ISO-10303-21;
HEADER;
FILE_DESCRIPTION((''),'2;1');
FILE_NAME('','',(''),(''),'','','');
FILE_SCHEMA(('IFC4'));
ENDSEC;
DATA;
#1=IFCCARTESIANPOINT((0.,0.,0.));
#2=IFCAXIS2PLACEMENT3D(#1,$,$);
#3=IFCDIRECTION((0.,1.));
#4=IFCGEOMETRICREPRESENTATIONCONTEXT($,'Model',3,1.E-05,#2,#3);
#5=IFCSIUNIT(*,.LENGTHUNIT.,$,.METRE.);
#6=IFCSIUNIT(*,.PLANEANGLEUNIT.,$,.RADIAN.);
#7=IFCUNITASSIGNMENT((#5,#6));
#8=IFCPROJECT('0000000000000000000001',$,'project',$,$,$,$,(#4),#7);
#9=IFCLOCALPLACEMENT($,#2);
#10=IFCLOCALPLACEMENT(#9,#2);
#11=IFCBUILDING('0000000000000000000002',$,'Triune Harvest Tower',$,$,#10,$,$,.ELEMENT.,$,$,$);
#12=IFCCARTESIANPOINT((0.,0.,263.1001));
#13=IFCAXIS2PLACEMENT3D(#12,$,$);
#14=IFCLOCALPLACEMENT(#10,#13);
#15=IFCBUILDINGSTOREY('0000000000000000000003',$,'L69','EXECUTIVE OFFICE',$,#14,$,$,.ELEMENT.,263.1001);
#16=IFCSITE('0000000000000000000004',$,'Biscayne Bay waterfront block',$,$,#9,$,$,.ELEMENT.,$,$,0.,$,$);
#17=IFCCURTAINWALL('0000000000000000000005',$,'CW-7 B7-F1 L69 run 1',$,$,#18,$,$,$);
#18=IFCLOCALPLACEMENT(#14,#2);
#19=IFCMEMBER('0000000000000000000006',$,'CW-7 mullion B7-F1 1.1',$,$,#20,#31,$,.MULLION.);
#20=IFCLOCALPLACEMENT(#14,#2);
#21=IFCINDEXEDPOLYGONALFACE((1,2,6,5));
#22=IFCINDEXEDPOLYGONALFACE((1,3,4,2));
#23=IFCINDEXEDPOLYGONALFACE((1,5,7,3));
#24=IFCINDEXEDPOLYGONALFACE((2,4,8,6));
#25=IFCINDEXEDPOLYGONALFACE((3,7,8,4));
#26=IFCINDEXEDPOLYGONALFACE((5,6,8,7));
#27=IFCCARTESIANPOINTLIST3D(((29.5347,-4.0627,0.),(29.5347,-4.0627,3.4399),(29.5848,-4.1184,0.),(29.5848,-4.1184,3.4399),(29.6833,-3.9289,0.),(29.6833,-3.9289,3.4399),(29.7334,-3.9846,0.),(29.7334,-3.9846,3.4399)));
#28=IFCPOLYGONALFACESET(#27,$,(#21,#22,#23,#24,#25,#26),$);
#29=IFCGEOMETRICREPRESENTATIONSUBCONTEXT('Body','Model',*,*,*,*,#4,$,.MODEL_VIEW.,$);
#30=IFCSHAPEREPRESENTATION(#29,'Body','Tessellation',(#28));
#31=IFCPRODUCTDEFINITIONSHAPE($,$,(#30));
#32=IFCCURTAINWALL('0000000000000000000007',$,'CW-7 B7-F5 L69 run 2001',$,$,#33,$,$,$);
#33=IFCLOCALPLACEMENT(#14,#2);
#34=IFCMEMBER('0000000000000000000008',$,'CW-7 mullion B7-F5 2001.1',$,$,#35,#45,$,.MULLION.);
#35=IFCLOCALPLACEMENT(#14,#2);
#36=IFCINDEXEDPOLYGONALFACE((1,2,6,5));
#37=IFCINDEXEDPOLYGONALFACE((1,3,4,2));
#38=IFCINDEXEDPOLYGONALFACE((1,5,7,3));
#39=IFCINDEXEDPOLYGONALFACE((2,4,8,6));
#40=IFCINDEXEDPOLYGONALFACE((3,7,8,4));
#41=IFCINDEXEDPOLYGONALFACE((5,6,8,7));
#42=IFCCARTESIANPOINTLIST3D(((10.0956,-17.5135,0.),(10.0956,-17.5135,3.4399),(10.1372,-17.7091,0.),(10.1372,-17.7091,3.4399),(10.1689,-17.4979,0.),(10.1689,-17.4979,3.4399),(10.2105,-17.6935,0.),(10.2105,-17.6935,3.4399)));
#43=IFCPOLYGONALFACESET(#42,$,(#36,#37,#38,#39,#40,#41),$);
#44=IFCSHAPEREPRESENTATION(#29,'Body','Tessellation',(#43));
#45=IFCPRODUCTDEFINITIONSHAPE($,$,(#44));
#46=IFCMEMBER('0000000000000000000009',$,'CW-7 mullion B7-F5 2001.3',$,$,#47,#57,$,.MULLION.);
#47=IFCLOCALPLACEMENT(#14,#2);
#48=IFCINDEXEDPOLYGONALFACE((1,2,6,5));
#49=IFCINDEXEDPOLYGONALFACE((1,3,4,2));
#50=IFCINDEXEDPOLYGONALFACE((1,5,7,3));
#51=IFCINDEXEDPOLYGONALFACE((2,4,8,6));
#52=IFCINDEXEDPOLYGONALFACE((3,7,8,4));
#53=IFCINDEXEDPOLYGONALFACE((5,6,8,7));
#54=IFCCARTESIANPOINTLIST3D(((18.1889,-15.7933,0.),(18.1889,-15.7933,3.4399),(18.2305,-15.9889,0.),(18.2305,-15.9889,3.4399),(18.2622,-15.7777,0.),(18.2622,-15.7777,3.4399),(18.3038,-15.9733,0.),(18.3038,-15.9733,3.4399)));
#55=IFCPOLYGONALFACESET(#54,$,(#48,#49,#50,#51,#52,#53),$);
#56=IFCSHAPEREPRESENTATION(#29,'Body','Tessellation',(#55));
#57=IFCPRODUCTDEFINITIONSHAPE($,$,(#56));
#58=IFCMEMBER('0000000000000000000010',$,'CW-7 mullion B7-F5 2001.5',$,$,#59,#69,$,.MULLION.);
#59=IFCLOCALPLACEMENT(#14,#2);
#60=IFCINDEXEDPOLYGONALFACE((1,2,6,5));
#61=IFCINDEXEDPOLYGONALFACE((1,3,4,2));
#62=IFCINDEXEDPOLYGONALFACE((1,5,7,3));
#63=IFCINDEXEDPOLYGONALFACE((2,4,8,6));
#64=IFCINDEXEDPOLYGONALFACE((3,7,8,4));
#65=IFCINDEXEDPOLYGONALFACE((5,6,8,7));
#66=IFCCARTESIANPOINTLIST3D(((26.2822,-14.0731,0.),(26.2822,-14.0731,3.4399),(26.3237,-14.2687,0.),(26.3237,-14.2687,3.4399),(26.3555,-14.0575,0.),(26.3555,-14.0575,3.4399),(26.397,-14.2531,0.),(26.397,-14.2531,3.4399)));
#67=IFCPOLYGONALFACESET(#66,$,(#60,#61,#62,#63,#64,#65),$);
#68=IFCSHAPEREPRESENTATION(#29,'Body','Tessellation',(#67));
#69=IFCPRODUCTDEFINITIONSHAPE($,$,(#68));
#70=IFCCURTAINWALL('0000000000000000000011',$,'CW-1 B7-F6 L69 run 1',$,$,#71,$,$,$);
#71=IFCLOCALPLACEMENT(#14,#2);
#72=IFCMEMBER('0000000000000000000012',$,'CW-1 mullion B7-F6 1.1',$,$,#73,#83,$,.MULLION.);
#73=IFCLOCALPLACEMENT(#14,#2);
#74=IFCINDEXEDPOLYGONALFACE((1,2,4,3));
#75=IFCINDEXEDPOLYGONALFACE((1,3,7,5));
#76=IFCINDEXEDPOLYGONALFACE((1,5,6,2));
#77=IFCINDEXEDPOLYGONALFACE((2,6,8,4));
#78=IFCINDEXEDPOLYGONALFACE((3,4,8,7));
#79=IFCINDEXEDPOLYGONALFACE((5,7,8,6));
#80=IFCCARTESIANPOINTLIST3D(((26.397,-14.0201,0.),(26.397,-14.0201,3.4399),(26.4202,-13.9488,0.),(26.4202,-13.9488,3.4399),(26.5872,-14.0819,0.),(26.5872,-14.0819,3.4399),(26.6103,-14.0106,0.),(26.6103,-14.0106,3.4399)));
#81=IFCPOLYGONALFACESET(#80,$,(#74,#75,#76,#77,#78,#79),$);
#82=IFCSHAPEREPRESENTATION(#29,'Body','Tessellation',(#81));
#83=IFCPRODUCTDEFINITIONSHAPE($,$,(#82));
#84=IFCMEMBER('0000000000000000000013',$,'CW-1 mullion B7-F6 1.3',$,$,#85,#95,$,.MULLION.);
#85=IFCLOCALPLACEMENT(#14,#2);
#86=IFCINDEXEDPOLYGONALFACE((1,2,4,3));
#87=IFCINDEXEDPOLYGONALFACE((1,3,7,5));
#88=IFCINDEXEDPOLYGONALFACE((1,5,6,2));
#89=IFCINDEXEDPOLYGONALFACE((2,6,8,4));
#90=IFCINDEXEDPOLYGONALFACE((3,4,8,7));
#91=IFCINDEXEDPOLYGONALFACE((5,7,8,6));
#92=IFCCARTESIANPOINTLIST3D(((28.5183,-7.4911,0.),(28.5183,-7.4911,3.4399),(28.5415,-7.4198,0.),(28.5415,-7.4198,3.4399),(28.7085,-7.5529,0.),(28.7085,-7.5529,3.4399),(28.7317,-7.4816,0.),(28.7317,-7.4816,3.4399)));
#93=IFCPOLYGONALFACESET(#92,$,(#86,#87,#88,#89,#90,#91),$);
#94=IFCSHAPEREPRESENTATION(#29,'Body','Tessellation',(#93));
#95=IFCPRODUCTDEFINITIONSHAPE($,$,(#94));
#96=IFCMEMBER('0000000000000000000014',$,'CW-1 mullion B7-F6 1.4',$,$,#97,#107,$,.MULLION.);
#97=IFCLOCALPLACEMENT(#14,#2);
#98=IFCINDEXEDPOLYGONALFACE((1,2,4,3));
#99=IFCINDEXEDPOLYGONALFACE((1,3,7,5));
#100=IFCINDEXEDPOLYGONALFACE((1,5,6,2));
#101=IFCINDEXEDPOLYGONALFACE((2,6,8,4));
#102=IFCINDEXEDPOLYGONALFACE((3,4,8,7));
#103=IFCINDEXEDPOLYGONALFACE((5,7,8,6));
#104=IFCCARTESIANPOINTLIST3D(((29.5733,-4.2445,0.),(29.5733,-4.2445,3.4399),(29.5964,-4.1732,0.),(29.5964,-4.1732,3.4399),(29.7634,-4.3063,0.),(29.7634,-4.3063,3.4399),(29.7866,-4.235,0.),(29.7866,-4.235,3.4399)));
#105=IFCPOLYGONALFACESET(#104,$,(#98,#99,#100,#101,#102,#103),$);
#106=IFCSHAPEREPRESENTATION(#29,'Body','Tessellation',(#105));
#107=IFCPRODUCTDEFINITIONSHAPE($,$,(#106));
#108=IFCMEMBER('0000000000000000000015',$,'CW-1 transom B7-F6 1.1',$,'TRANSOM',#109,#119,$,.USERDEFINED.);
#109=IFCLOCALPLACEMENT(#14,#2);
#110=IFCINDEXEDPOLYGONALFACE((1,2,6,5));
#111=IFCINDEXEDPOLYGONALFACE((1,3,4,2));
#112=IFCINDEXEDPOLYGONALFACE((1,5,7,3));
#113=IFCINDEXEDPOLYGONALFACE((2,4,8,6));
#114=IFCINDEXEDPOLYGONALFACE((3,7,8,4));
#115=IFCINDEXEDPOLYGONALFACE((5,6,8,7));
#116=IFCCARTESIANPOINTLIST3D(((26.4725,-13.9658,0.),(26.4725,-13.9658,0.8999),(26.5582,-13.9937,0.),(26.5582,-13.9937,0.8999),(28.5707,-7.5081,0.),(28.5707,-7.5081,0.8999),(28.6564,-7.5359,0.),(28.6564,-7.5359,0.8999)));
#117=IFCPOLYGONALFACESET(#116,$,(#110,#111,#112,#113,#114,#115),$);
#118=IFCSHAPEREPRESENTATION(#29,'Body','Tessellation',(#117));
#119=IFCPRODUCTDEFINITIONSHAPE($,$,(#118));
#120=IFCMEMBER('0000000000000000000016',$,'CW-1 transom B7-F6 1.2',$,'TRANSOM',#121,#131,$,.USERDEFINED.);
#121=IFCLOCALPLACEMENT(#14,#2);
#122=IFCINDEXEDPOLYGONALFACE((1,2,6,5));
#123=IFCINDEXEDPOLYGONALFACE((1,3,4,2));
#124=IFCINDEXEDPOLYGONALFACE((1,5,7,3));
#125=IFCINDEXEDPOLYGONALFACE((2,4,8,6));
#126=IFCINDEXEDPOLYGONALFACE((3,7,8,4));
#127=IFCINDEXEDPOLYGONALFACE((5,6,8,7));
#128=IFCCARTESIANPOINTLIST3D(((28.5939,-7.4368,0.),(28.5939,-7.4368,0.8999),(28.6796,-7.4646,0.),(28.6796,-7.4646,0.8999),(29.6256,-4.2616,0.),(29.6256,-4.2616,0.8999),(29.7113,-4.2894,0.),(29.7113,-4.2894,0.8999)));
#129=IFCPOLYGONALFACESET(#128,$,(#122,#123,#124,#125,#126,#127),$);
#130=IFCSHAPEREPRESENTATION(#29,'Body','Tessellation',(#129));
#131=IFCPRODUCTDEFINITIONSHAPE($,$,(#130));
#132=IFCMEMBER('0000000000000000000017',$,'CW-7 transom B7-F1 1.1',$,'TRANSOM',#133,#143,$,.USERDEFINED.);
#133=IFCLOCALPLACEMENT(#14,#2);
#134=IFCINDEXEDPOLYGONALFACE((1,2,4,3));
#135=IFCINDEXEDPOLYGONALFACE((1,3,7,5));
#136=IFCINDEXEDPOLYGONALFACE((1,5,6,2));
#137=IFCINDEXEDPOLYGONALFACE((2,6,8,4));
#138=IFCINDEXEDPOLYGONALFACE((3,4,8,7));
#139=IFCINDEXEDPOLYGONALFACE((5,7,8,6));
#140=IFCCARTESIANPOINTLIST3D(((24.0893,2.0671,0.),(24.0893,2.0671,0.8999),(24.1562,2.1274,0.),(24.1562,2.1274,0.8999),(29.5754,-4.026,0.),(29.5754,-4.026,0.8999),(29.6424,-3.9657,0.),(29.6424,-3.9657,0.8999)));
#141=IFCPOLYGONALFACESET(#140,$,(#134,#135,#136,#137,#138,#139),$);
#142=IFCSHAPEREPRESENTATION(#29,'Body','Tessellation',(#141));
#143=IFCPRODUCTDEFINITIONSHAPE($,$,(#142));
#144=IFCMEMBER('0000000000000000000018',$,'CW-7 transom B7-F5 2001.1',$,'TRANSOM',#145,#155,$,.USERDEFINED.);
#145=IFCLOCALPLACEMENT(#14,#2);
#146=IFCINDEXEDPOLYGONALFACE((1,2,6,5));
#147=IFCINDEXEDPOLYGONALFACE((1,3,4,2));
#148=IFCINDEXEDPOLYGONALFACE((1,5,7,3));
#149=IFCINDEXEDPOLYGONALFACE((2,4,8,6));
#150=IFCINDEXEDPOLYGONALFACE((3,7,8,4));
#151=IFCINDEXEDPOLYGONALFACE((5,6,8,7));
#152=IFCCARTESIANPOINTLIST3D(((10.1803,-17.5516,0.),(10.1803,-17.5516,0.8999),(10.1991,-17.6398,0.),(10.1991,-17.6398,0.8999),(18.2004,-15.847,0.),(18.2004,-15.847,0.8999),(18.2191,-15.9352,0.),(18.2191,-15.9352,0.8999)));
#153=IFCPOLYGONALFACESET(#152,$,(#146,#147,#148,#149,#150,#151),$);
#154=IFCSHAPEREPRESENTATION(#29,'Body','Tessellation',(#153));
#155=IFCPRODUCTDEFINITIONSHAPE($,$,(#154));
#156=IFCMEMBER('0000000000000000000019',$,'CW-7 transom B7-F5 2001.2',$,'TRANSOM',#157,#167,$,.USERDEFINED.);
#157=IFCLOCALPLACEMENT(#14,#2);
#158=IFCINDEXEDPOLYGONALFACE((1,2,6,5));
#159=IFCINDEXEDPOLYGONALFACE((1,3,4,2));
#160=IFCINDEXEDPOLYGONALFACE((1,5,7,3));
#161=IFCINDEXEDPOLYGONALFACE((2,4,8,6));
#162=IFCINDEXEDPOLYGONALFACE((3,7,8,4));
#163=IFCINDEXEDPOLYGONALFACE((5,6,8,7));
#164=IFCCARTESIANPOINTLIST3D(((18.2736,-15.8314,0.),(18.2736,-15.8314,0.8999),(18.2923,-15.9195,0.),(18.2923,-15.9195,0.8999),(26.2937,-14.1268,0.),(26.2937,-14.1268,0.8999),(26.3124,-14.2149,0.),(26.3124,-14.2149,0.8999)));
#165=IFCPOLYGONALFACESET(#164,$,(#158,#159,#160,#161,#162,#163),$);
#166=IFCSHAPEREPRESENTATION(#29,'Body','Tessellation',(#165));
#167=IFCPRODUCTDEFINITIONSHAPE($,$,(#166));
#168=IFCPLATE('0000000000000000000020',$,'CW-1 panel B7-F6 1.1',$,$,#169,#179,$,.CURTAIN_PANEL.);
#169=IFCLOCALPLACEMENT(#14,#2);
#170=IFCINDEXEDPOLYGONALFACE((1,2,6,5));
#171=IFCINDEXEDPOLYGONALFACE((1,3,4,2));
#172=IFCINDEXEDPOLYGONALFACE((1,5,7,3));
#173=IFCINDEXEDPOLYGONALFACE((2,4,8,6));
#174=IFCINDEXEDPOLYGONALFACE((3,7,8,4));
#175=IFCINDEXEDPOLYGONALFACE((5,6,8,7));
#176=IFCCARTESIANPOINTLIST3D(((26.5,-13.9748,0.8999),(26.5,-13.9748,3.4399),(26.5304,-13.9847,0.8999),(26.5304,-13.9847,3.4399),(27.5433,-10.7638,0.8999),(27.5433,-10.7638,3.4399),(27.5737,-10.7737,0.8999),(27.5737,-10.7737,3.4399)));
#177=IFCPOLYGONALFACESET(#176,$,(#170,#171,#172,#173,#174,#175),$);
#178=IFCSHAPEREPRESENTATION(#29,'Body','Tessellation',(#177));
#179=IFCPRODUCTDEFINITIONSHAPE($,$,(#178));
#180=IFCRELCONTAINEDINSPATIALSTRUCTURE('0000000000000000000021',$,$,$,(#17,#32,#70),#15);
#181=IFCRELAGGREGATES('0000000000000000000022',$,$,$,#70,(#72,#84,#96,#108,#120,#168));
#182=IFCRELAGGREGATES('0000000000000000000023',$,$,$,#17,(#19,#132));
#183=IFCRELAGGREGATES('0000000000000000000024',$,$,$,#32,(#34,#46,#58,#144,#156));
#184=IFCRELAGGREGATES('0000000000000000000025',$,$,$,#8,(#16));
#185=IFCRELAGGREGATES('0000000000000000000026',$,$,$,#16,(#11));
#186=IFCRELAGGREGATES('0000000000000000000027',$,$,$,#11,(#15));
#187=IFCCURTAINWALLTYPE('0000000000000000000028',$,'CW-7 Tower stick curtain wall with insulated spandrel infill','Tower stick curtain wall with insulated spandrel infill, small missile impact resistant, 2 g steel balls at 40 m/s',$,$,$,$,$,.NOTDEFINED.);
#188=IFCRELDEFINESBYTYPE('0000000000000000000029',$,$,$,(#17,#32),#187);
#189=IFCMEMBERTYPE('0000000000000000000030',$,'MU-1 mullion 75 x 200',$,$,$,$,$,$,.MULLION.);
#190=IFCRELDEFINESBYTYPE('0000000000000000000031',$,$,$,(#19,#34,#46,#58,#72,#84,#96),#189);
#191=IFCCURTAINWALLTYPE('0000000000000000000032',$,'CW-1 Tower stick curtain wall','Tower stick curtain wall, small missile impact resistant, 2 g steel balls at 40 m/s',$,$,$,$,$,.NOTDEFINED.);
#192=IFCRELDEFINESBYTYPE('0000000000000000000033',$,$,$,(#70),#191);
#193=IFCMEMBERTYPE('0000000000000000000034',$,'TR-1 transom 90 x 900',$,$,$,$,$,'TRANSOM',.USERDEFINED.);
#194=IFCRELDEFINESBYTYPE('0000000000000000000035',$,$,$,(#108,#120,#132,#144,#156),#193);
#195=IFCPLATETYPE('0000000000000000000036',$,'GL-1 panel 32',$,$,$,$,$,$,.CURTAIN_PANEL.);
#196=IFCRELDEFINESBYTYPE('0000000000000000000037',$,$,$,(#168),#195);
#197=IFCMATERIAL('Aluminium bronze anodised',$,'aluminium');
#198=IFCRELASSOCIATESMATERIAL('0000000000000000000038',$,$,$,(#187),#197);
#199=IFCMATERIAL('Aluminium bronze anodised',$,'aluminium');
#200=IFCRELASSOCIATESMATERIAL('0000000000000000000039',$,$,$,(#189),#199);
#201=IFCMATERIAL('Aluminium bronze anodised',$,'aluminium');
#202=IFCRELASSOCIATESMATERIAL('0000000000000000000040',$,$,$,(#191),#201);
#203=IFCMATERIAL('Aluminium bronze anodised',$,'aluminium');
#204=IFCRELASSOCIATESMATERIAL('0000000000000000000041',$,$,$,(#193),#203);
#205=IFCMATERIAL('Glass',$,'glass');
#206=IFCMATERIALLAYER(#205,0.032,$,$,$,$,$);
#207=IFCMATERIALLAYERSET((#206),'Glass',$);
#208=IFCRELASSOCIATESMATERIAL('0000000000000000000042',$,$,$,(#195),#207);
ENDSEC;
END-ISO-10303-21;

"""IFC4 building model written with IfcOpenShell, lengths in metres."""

from ifc_helpers import new_model, si_unit, direction, frame, origin, origin_2d, place, context, subcontext, project, spatial, rectangle, extrude, source, transform, mapped, material, layer, layer_set, material_profile, profile_set, type_object, element, aggregate, save


model = new_model("IFC4")

# Units and contexts
model_context = context("Model", 3, precision=1e-05, world=origin(), true_north=direction((0.0, 1.0)))
body_context = subcontext(model_context, "Body", "Model", "MODEL_VIEW")
ifc_project = project(units=[si_unit("LENGTHUNIT", "METRE"), si_unit("PLANEANGLEUNIT", "RADIAN")], contexts=[model_context])

# Site, building, storey
site_placement = place(None, origin())
site = spatial("IfcSite", under=ifc_project, at=site_placement, Name="Biscayne Bay waterfront block", CompositionType="ELEMENT", RefElevation=0.0)
building_placement = place(site_placement, origin())
building = spatial("IfcBuilding", under=site, at=building_placement, Name="Triune Harvest Tower", CompositionType="ELEMENT")
storey_placement = place(building_placement, frame((0.0, 0.0, 263.1001)))
storey = spatial("IfcBuildingStorey", under=building, at=storey_placement, Name="L69", Description="EXECUTIVE OFFICE", CompositionType="ELEMENT", Elevation=263.1001)

# Curtain wall, member
ifc_material_1 = material(Name="Aluminium bronze anodised", Category="aluminium")
curtain_wall_type_1 = type_object("IfcCurtainWallType", Name="CW-7 Tower stick curtain wall with insulated spandrel infill", Description="Tower stick curtain wall with insulated spandrel infill, small missile impact resistant, 2 g steel balls at 40 m/s", PredefinedType="NOTDEFINED", material=ifc_material_1)
curtain_wall_1_placement = place(storey_placement, origin())
curtain_wall_1 = element("IfcCurtainWall", 1, at=curtain_wall_1_placement, inside=storey, type_object=curtain_wall_type_1, Name="CW-7 B7-F1 L69 run 1")
ifc_material_2 = material(Name="Aluminium bronze anodised", Category="aluminium")
ifc_material_profile_1 = material_profile(ifc_material_2, rectangle(XDim=0.2, YDim=0.075, at=origin_2d()), Name="MU-1 mullion 75 x 200")
ifc_profile_set_1 = profile_set([ifc_material_profile_1], Name="Aluminium bronze anodised")
member_type_1 = type_object("IfcMemberType", Name="MU-1 mullion 75 x 200", PredefinedType="MULLION", material=ifc_profile_set_1)
shared_shape_1 = source(origin(), body_context, "Body", "SweptSolid", [
    extrude(rectangle(XDim=0.2, YDim=0.075, at=origin_2d()), origin(), (0.0, 0.0, 1.0), 3.4399),
])
member_1_placement = place(storey_placement, frame((29.634, -4.0237, 0.0), z_axis=(0.0, 0.0, 1.0), x_axis=(-0.743142, -0.669134, 0.0)))
member_1 = element("IfcMember", 2, at=member_1_placement, type_object=member_type_1, Name="CW-7 mullion B7-F1 1.1", PredefinedType="MULLION", context=body_context, shape_type="MappedRepresentation", body=[
    mapped(shared_shape_1, transform((0.0, 0.0, 0.0), scale=1.0)),
])

# Curtain walls, members
curtain_wall_2_placement = place(storey_placement, origin())
curtain_wall_2 = element("IfcCurtainWall", 3, at=curtain_wall_2_placement, inside=storey, type_object=curtain_wall_type_1, Name="CW-7 B7-F5 L69 run 2001")
member_2_placement = place(storey_placement, frame((10.1531, -17.6035, 0.0), z_axis=(0.0, 0.0, 1.0), x_axis=(-0.207909, 0.978148, 0.0)))
member_2 = element("IfcMember", 4, at=member_2_placement, type_object=member_type_1, Name="CW-7 mullion B7-F5 2001.1", PredefinedType="MULLION", context=body_context, shape_type="MappedRepresentation", body=[
    mapped(shared_shape_1, transform((0.0, 0.0, 0.0), scale=1.0)),
])
member_3_placement = place(storey_placement, frame((18.2463, -15.8833, 0.0), z_axis=(0.0, 0.0, 1.0), x_axis=(-0.207909, 0.978148, 0.0)))
member_3 = element("IfcMember", 5, at=member_3_placement, type_object=member_type_1, Name="CW-7 mullion B7-F5 2001.3", PredefinedType="MULLION", context=body_context, shape_type="MappedRepresentation", body=[
    mapped(shared_shape_1, transform((0.0, 0.0, 0.0), scale=1.0)),
])
member_4_placement = place(storey_placement, frame((26.3396, -14.1631, 0.0), z_axis=(0.0, 0.0, 1.0), x_axis=(-0.207909, 0.978148, 0.0)))
member_4 = element("IfcMember", 6, at=member_4_placement, type_object=member_type_1, Name="CW-7 mullion B7-F5 2001.5", PredefinedType="MULLION", context=body_context, shape_type="MappedRepresentation", body=[
    mapped(shared_shape_1, transform((0.0, 0.0, 0.0), scale=1.0)),
])
ifc_material_3 = material(Name="Aluminium bronze anodised", Category="aluminium")
curtain_wall_type_2 = type_object("IfcCurtainWallType", Name="CW-1 Tower stick curtain wall", Description="Tower stick curtain wall, small missile impact resistant, 2 g steel balls at 40 m/s", PredefinedType="NOTDEFINED", material=ifc_material_3)
curtain_wall_3_placement = place(storey_placement, origin())
curtain_wall_3 = element("IfcCurtainWall", 7, at=curtain_wall_3_placement, inside=storey, type_object=curtain_wall_type_2, Name="CW-1 B7-F6 L69 run 1")
member_5_placement = place(storey_placement, frame((26.5037, -14.0154, 0.0), z_axis=(0.0, 0.0, 1.0), x_axis=(-0.951056, 0.309019, 0.0)))
member_5 = element("IfcMember", 8, at=member_5_placement, type_object=member_type_1, Name="CW-1 mullion B7-F6 1.1", PredefinedType="MULLION", context=body_context, shape_type="MappedRepresentation", body=[
    mapped(shared_shape_1, transform((0.0, 0.0, 0.0), scale=1.0)),
])
member_6_placement = place(storey_placement, frame((28.625, -7.4863, 0.0), z_axis=(0.0, 0.0, 1.0), x_axis=(-0.951056, 0.309019, 0.0)))
member_6 = element("IfcMember", 9, at=member_6_placement, type_object=member_type_1, Name="CW-1 mullion B7-F6 1.3", PredefinedType="MULLION", context=body_context, shape_type="MappedRepresentation", body=[
    mapped(shared_shape_1, transform((0.0, 0.0, 0.0), scale=1.0)),
])
member_7_placement = place(storey_placement, frame((29.6799, -4.2397, 0.0), z_axis=(0.0, 0.0, 1.0), x_axis=(-0.951056, 0.309019, 0.0)))
member_7 = element("IfcMember", 10, at=member_7_placement, type_object=member_type_1, Name="CW-1 mullion B7-F6 1.4", PredefinedType="MULLION", context=body_context, shape_type="MappedRepresentation", body=[
    mapped(shared_shape_1, transform((0.0, 0.0, 0.0), scale=1.0)),
])
ifc_material_4 = material(Name="Aluminium bronze anodised", Category="aluminium")
ifc_material_profile_2 = material_profile(ifc_material_4, rectangle(XDim=0.0901, YDim=0.8999, at=origin_2d()), Name="TR-1 transom 90 x 900")
ifc_profile_set_2 = profile_set([ifc_material_profile_2], Name="Aluminium bronze anodised")
member_type_2 = type_object("IfcMemberType", Name="TR-1 transom 90 x 900", ElementType="TRANSOM", PredefinedType="USERDEFINED", material=ifc_profile_set_2)
shared_shape_2 = source(origin(), body_context, "Body", "SweptSolid", [
    extrude(rectangle(XDim=0.0901, YDim=0.8999, at=origin_2d()), origin(), (0.0, 0.0, 1.0), 6.79),
])
member_8_placement = place(storey_placement, frame((26.5154, -13.9797, 0.45), z_axis=(0.309002, 0.951061, 0.0), x_axis=(-0.951061, 0.309002, 0.0)))
member_8 = element("IfcMember", 11, at=member_8_placement, type_object=member_type_2, Name="CW-1 transom B7-F6 1.1", ObjectType="TRANSOM", PredefinedType="USERDEFINED", context=body_context, shape_type="MappedRepresentation", body=[
    mapped(shared_shape_2, transform((0.0, 0.0, 0.0), scale=1.0)),
])
shared_shape_3 = source(origin(), body_context, "Body", "SweptSolid", [
    extrude(rectangle(XDim=0.0901, YDim=0.8999, at=origin_2d()), origin(), (0.0, 0.0, 1.0), 3.3386),
])
member_9_placement = place(storey_placement, frame((28.6367, -7.4507, 0.45), z_axis=(0.309023, 0.951054, 0.0), x_axis=(-0.951054, 0.309023, 0.0)))
member_9 = element("IfcMember", 12, at=member_9_placement, type_object=member_type_2, Name="CW-1 transom B7-F6 1.2", ObjectType="TRANSOM", PredefinedType="USERDEFINED", context=body_context, shape_type="MappedRepresentation", body=[
    mapped(shared_shape_3, transform((0.0, 0.0, 0.0), scale=1.0)),
])

# Members
shared_shape_4 = source(origin(), body_context, "Body", "SweptSolid", [
    extrude(rectangle(XDim=0.0901, YDim=0.8999, at=origin_2d()), origin(), (0.0, 0.0, 1.0), 8.199),
])
member_10_placement = place(storey_placement, frame((29.6089, -3.9958, 0.45), z_axis=(-0.669124, 0.743151, 0.0), x_axis=(-0.743151, -0.669124, 0.0)))
member_10 = element("IfcMember", 13, at=member_10_placement, type_object=member_type_2, Name="CW-7 transom B7-F1 1.1", ObjectType="TRANSOM", PredefinedType="USERDEFINED", context=body_context, shape_type="MappedRepresentation", body=[
    mapped(shared_shape_4, transform((0.0, 0.0, 0.0), scale=1.0)),
])
shared_shape_5 = source(origin(), body_context, "Body", "SweptSolid", [
    extrude(rectangle(XDim=0.0901, YDim=0.8999, at=origin_2d()), origin(), (0.0, 0.0, 1.0), 8.1992),
])
member_11_placement = place(storey_placement, frame((10.1897, -17.5957, 0.45), z_axis=(0.978151, 0.207898, 0.0), x_axis=(-0.207898, 0.978151, 0.0)))
member_11 = element("IfcMember", 14, at=member_11_placement, type_object=member_type_2, Name="CW-7 transom B7-F5 2001.1", ObjectType="TRANSOM", PredefinedType="USERDEFINED", context=body_context, shape_type="MappedRepresentation", body=[
    mapped(shared_shape_5, transform((0.0, 0.0, 0.0), scale=1.0)),
])
member_12_placement = place(storey_placement, frame((18.283, -15.8755, 0.45), z_axis=(0.978151, 0.207898, 0.0), x_axis=(-0.207898, 0.978151, 0.0)))
member_12 = element("IfcMember", 15, at=member_12_placement, type_object=member_type_2, Name="CW-7 transom B7-F5 2001.2", ObjectType="TRANSOM", PredefinedType="USERDEFINED", context=body_context, shape_type="MappedRepresentation", body=[
    mapped(shared_shape_5, transform((0.0, 0.0, 0.0), scale=1.0)),
])

# Plate
ifc_material_5 = material(Name="Glass", Category="glass")
ifc_layer_1 = layer(ifc_material_5, 0.032)
ifc_layer_set_1 = layer_set([ifc_layer_1], Name="Glass")
plate_type_1 = type_object("IfcPlateType", Name="GL-1 panel 32", PredefinedType="CURTAIN_PANEL", material=ifc_layer_set_1)
shared_shape_6 = source(origin(), body_context, "Body", "SweptSolid", [
    extrude(rectangle(XDim=3.3762, YDim=0.032, at=origin_2d()), origin(), (0.0, 0.0, 1.0), 2.54),
])
plate_1_placement = place(storey_placement, frame((27.0369, -12.3743, 0.8999), z_axis=(0.0, 0.0, 1.0), x_axis=(0.309019, 0.951056, 0.0)))
plate_1 = element("IfcPlate", 16, at=plate_1_placement, type_object=plate_type_1, Name="CW-1 panel B7-F6 1.1", PredefinedType="CURTAIN_PANEL", context=body_context, shape_type="MappedRepresentation", body=[
    mapped(shared_shape_6, transform((0.0, 0.0, 0.0), scale=1.0)),
])
aggregate(curtain_wall_3, [member_5, member_6, member_7, member_8, member_9, plate_1])
aggregate(curtain_wall_1, [member_1, member_10])
aggregate(curtain_wall_2, [member_2, member_3, member_4, member_11, member_12])

save(model, "model.ifc")
